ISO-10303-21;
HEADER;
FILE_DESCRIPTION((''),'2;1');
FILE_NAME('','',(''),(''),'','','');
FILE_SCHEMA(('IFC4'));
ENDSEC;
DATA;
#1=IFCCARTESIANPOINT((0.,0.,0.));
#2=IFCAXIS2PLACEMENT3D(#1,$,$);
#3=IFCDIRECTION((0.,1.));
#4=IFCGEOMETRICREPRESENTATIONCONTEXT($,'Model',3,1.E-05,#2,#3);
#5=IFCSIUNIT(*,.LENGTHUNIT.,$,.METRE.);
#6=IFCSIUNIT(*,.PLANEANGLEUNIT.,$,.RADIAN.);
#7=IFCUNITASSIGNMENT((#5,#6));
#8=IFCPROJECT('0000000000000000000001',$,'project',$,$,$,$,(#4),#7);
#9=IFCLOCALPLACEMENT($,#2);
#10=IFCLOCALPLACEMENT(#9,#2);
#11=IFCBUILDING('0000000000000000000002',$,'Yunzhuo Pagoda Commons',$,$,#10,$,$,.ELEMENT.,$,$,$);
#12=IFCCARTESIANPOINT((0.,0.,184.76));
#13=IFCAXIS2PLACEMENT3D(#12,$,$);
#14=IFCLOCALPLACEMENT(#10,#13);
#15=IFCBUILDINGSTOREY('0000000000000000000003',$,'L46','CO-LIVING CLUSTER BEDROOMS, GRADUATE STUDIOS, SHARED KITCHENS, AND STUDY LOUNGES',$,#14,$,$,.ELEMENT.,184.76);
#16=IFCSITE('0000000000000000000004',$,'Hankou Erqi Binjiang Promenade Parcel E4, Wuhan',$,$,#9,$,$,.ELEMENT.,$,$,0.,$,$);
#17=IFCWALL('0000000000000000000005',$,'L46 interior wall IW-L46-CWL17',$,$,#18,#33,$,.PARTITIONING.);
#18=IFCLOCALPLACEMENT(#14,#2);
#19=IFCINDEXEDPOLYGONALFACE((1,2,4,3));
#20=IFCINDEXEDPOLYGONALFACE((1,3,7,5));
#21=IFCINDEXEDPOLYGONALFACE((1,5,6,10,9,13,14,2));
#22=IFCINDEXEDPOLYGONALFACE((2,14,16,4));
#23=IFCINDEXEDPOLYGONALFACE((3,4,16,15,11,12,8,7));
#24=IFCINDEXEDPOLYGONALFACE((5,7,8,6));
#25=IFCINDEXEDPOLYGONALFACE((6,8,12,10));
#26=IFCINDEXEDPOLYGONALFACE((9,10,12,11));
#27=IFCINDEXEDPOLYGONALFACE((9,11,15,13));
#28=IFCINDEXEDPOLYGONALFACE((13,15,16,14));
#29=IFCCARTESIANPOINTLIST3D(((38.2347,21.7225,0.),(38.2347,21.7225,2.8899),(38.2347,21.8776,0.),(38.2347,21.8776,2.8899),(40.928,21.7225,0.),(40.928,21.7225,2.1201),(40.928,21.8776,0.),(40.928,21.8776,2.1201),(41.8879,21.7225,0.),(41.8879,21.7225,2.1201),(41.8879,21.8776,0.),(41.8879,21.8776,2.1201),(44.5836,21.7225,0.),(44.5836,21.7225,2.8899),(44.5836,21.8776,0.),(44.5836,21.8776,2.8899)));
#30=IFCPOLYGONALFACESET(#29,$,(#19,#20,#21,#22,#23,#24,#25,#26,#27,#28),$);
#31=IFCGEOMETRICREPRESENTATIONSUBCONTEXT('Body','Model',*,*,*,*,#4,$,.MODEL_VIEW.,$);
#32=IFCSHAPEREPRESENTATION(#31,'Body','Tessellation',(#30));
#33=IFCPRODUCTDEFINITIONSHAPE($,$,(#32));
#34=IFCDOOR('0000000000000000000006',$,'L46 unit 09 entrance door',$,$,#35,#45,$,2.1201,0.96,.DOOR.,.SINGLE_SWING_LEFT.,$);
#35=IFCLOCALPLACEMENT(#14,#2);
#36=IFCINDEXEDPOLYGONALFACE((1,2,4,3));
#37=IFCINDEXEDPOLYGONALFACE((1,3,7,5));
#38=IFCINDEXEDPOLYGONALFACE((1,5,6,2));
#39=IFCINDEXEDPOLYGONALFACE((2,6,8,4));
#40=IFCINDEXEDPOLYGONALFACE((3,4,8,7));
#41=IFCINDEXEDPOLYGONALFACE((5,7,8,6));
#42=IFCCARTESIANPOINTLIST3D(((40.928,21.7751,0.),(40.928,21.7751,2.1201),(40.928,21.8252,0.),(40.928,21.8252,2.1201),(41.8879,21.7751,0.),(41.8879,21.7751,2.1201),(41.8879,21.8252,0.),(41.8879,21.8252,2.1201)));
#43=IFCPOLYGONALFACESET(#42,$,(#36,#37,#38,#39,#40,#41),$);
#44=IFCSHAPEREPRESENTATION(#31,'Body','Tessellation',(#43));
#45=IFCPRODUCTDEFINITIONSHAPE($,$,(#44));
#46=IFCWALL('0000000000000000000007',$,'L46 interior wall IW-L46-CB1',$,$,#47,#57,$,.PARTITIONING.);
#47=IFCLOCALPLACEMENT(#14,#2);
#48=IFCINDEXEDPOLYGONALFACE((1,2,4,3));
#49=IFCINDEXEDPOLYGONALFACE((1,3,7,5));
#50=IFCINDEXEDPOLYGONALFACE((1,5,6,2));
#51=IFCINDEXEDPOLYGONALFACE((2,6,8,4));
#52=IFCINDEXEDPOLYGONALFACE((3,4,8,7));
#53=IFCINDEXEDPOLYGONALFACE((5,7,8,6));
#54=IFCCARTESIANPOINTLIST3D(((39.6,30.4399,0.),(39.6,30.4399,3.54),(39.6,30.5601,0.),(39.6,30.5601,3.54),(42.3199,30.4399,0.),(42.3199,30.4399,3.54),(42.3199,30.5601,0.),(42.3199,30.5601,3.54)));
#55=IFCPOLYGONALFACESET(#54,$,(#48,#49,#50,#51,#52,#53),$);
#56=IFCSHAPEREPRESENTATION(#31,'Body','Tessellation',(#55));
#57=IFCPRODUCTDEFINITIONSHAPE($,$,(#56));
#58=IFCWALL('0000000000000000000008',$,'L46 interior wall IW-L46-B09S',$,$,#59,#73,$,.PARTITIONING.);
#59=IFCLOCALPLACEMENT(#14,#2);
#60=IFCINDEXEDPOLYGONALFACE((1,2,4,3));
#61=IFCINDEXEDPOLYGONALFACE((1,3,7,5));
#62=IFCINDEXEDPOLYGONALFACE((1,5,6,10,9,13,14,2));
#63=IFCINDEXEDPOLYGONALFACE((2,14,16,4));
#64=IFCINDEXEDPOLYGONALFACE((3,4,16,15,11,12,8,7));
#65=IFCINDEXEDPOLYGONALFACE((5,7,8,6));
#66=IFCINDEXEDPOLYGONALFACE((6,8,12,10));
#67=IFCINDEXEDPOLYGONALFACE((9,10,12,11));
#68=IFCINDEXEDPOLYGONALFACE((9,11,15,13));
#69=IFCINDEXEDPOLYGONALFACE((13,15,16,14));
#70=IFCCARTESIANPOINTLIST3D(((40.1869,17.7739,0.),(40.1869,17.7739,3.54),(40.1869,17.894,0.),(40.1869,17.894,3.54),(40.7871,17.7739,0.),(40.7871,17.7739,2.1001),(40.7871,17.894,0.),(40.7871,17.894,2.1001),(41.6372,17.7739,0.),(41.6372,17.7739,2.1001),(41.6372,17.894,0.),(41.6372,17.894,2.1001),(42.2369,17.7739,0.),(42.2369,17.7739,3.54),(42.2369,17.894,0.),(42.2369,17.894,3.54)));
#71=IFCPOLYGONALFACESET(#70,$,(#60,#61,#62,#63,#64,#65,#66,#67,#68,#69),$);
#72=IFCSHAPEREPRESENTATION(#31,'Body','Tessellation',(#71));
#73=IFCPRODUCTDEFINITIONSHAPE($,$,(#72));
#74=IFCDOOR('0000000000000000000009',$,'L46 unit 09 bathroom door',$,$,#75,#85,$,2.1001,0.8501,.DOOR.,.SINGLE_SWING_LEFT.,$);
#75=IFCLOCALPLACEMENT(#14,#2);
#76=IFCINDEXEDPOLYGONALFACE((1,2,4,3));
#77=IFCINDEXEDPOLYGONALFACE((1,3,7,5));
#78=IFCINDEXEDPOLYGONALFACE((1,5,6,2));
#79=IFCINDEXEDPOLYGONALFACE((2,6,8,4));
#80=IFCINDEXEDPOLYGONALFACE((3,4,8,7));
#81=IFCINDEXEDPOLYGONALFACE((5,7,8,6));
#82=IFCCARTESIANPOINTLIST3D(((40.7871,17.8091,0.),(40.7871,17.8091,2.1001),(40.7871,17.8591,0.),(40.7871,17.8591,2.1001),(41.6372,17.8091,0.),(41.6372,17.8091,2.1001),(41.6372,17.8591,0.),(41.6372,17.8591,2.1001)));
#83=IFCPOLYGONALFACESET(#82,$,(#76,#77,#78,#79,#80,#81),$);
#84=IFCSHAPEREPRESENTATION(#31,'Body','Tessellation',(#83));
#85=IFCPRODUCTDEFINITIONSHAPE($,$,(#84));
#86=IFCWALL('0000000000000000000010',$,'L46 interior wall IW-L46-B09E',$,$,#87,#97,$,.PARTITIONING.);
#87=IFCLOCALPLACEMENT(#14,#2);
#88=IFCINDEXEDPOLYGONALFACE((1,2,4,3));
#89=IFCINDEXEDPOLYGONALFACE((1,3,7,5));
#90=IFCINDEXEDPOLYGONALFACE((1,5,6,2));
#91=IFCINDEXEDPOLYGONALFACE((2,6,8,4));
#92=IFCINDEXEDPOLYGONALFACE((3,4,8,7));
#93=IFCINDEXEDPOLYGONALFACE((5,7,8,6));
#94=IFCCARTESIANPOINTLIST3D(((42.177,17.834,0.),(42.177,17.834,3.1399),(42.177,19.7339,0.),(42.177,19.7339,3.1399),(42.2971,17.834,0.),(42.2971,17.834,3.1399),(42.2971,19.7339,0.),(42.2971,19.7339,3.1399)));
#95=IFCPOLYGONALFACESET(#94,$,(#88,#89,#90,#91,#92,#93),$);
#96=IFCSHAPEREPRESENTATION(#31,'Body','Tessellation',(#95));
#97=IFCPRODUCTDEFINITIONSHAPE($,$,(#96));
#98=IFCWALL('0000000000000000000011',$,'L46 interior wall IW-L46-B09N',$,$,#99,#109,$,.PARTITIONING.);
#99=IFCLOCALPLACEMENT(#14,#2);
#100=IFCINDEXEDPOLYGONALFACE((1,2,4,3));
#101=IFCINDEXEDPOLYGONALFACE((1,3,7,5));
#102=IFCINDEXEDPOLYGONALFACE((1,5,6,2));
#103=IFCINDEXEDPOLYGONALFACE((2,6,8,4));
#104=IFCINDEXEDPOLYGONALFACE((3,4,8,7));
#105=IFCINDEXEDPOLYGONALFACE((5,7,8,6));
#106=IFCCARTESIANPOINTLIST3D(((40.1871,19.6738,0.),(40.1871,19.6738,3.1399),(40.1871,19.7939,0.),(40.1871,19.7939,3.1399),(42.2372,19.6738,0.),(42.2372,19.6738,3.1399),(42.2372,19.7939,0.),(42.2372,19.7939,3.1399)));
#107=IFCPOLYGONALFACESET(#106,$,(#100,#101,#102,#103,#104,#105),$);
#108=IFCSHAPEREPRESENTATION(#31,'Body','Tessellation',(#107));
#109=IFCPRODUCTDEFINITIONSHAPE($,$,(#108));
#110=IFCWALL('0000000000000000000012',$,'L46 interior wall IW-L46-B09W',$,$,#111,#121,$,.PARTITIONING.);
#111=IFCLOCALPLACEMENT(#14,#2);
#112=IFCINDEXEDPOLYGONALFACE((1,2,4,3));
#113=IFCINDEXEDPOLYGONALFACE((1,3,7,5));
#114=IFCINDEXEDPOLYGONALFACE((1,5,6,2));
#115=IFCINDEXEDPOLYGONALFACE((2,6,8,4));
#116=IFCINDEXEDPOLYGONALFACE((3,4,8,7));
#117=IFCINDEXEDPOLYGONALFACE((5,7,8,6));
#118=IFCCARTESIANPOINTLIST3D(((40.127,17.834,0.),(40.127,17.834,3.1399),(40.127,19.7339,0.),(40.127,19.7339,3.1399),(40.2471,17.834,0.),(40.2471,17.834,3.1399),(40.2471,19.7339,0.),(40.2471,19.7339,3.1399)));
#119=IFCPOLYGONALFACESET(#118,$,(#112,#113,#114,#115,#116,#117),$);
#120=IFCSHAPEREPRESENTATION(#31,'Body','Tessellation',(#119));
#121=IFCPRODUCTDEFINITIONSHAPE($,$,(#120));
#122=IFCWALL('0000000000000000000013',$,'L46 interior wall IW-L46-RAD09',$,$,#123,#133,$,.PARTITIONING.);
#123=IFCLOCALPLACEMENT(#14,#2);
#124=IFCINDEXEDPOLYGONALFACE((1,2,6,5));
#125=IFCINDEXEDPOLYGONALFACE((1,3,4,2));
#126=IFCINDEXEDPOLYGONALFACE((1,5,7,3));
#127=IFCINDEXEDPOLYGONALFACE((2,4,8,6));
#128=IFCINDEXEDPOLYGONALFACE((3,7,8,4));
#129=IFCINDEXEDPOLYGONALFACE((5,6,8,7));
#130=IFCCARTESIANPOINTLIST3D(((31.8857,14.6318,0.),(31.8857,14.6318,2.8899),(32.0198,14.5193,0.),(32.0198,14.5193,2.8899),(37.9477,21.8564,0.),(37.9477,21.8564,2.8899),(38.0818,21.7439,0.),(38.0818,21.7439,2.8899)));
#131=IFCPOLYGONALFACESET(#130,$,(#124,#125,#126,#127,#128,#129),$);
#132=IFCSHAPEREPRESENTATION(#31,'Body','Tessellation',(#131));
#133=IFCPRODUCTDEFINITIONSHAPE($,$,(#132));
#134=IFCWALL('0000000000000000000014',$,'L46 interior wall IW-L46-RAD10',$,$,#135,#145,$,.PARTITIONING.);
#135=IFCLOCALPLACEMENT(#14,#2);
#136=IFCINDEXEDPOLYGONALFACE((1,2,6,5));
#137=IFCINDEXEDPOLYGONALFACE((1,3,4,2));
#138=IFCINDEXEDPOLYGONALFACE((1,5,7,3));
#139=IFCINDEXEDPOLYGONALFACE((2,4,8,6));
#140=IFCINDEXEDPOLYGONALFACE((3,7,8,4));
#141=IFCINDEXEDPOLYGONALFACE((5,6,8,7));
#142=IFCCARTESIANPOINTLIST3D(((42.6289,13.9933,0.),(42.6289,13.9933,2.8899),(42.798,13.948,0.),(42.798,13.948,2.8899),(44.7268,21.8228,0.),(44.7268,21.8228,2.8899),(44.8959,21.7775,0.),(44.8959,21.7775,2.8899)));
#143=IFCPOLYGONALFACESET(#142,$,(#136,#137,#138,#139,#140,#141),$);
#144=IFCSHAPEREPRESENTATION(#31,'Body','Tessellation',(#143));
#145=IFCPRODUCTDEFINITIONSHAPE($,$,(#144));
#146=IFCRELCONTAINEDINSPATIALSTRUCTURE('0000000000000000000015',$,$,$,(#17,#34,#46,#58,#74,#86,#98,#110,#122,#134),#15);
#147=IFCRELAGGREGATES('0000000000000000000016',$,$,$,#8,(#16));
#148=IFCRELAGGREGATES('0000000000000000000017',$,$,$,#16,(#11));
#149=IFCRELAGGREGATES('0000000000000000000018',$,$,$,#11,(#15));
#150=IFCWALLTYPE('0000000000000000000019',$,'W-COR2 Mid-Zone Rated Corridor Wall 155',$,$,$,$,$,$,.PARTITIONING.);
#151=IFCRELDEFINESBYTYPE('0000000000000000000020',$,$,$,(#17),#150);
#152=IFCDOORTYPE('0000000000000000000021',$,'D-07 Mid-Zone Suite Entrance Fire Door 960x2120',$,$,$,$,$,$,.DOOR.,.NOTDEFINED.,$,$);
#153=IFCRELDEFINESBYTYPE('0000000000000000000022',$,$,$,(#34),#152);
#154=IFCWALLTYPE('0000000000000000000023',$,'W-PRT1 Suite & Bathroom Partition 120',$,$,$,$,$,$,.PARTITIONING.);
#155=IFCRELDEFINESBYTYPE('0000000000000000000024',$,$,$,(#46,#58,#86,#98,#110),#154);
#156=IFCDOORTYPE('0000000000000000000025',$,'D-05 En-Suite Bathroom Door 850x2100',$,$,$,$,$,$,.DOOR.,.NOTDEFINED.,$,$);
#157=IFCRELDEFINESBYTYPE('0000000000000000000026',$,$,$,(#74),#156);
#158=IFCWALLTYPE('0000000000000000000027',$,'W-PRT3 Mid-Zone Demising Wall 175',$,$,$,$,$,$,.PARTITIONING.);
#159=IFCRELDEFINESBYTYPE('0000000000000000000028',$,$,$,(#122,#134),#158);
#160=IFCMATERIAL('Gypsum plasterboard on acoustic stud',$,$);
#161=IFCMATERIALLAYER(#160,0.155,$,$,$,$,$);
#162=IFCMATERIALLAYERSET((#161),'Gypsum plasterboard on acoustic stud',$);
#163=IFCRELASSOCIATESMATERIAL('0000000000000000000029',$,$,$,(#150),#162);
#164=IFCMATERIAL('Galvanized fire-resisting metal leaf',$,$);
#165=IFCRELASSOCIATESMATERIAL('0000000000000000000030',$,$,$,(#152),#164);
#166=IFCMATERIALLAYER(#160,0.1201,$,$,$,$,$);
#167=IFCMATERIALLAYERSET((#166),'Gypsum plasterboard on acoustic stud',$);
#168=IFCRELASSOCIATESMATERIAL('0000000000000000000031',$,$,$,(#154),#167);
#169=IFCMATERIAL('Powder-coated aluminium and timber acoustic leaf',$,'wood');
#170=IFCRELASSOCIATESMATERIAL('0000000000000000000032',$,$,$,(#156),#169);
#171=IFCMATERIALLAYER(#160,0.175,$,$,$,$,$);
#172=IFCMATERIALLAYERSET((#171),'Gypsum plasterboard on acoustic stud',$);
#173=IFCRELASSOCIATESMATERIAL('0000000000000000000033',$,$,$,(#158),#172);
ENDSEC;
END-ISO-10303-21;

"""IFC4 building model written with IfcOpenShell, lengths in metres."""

from ifc_helpers import new_model, si_unit, direction, frame, frame_2d, origin, origin_with_axes, place, context, subcontext, project, spatial, rectangle, extrude, source, transform, mapped, material, layer, layer_set, type_object, element, fill, save


model = new_model("IFC4")

# Units and contexts
model_context = context("Model", 3, precision=1e-05, world=origin(), true_north=direction((0.0, 1.0)))
body_context = subcontext(model_context, "Body", "Model", "MODEL_VIEW")
ifc_project = project(units=[si_unit("LENGTHUNIT", "METRE"), si_unit("PLANEANGLEUNIT", "RADIAN")], contexts=[model_context])

# Site, building, storey
site_placement = place(None, origin())
site = spatial("IfcSite", under=ifc_project, at=site_placement, Name="Hankou Erqi Binjiang Promenade Parcel E4, Wuhan", CompositionType="ELEMENT", RefElevation=0.0)
building_placement = place(site_placement, origin())
building = spatial("IfcBuilding", under=site, at=building_placement, Name="Yunzhuo Pagoda Commons", CompositionType="ELEMENT")
storey_placement = place(building_placement, frame((0.0, 0.0, 184.76)))
storey = spatial("IfcBuildingStorey", under=building, at=storey_placement, Name="L46", Description="CO-LIVING CLUSTER BEDROOMS, GRADUATE STUDIOS, SHARED KITCHENS, AND STUDY LOUNGES", CompositionType="ELEMENT", Elevation=184.76)

# Shared definitions
ifc_material_1 = material(Name="Gypsum plasterboard on acoustic stud")
ifc_layer_1 = layer(ifc_material_1, 0.155)
ifc_layer_set_1 = layer_set([ifc_layer_1], Name="Gypsum plasterboard on acoustic stud")
wall_type_1 = type_object("IfcWallType", Name="W-COR2 Mid-Zone Rated Corridor Wall 155", PredefinedType="PARTITIONING", material=ifc_layer_set_1)
ifc_material_2 = material(Name="Galvanized fire-resisting metal leaf")

# Wall, opening, door
wall_1_placement = place(storey_placement, frame((44.5835, 21.8, 0.0), z_axis=(0.0, 0.0, 1.0), x_axis=(-1.0, 0.0, 0.0)))
wall_1 = element("IfcWall", 1, at=wall_1_placement, inside=storey, type_object=wall_type_1, Name="L46 interior wall IW-L46-CWL17", PredefinedType="PARTITIONING", context=body_context, shape_type="SweptSolid", body=[
    extrude(rectangle(XDim=6.3489, YDim=0.155, at=frame_2d((3.1743, 0.0))), origin(), (0.0, 0.0, 1.0), 2.8899),
])
opening_1_placement = place(wall_1_placement, frame((2.6956, 0.0, 0.0)))
opening_1 = element("IfcOpeningElement", 2, at=opening_1_placement, cuts=wall_1, PredefinedType="OPENING", context=body_context, shape_type="SweptSolid", body=[
    extrude(rectangle(XDim=0.96, YDim=2.1201, at=frame_2d((0.48, 1.0601))), frame((0.0, 0.0874, 0.0), z_axis=(0.0, -1.0, 0.0), x_axis=(1.0, 0.0, 0.0)), (0.0, 0.0, 1.0), 0.175),
])
door_type_1 = type_object("IfcDoorType", Name="D-07 Mid-Zone Suite Entrance Fire Door 960x2120", OperationType="NOTDEFINED", PredefinedType="DOOR", material=ifc_material_2)
shared_shape_1 = source(origin(), body_context, "Body", "SweptSolid", [
    extrude(rectangle(XDim=0.96, YDim=2.1201, at=frame_2d((0.48, 1.0601))), frame((0.0, 0.0249, 0.0), z_axis=(0.0, -1.0, 0.0), x_axis=(1.0, 0.0, 0.0)), (0.0, 0.0, 1.0), 0.05),
])
door_1_placement = place(opening_1_placement, origin_with_axes())
door_1 = element("IfcDoor", 3, at=door_1_placement, inside=storey, type_object=door_type_1, Name="L46 unit 09 entrance door", OperationType="SINGLE_SWING_LEFT", OverallHeight=2.1201, OverallWidth=0.96, PredefinedType="DOOR", context=body_context, shape_type="MappedRepresentation", body=[
    mapped(shared_shape_1, transform((0.0, 0.0, 0.0), scale=1.0)),
])
fill(opening_1, door_1)

# Wall
ifc_layer_2 = layer(ifc_material_1, 0.1201)
ifc_layer_set_2 = layer_set([ifc_layer_2], Name="Gypsum plasterboard on acoustic stud")
wall_type_2 = type_object("IfcWallType", Name="W-PRT1 Suite & Bathroom Partition 120", PredefinedType="PARTITIONING", material=ifc_layer_set_2)
wall_2_placement = place(storey_placement, frame((39.6001, 30.5, 0.0), z_axis=(0.0, 0.0, 1.0), x_axis=(1.0, 0.0, 0.0)))
element("IfcWall", 4, at=wall_2_placement, inside=storey, type_object=wall_type_2, Name="L46 interior wall IW-L46-CB1", PredefinedType="PARTITIONING", context=body_context, shape_type="SweptSolid", body=[
    extrude(rectangle(XDim=2.72, YDim=0.1201, at=frame_2d((1.3599, 0.0))), origin(), (0.0, 0.0, 1.0), 3.54),
])

# Wall, opening, door
wall_3_placement = place(storey_placement, frame((40.187, 17.834, 0.0), z_axis=(0.0, 0.0, 1.0), x_axis=(1.0, 0.0, 0.0)))
wall_3 = element("IfcWall", 5, at=wall_3_placement, inside=storey, type_object=wall_type_2, Name="L46 interior wall IW-L46-B09S", PredefinedType="PARTITIONING", context=body_context, shape_type="SweptSolid", body=[
    extrude(rectangle(XDim=2.05, YDim=0.1201, at=frame_2d((1.0249, 0.0))), origin(), (0.0, 0.0, 1.0), 3.54),
])
opening_2_placement = place(wall_3_placement, frame((0.6001, 0.0, 0.0)))
opening_2 = element("IfcOpeningElement", 6, at=opening_2_placement, cuts=wall_3, PredefinedType="OPENING", context=body_context, shape_type="SweptSolid", body=[
    extrude(rectangle(XDim=0.8501, YDim=2.1001, at=frame_2d((0.425, 1.05))), frame((0.0, 0.0701, 0.0), z_axis=(0.0, -1.0, 0.0), x_axis=(1.0, 0.0, 0.0)), (0.0, 0.0, 1.0), 0.1401),
])
ifc_material_3 = material(Name="Powder-coated aluminium and timber acoustic leaf", Category="wood")
door_type_2 = type_object("IfcDoorType", Name="D-05 En-Suite Bathroom Door 850x2100", OperationType="NOTDEFINED", PredefinedType="DOOR", material=ifc_material_3)
shared_shape_2 = source(origin(), body_context, "Body", "SweptSolid", [
    extrude(rectangle(XDim=0.8501, YDim=2.1001, at=frame_2d((0.425, 1.05))), frame((0.0, 0.0249, 0.0), z_axis=(0.0, -1.0, 0.0), x_axis=(1.0, 0.0, 0.0)), (0.0, 0.0, 1.0), 0.05),
])
door_2_placement = place(opening_2_placement, frame((0.8501, 0.0, 0.0), z_axis=(0.0, 0.0, 1.0), x_axis=(-1.0, 0.0, 0.0)))
door_2 = element("IfcDoor", 7, at=door_2_placement, inside=storey, type_object=door_type_2, Name="L46 unit 09 bathroom door", OperationType="SINGLE_SWING_LEFT", OverallHeight=2.1001, OverallWidth=0.8501, PredefinedType="DOOR", context=body_context, shape_type="MappedRepresentation", body=[
    mapped(shared_shape_2, transform((0.0, 0.0, 0.0), scale=1.0)),
])
fill(opening_2, door_2)

# Walls
wall_4_placement = place(storey_placement, frame((42.2371, 17.834, 0.0), z_axis=(0.0, 0.0, 1.0), x_axis=(0.0, 1.0, 0.0)))
element("IfcWall", 8, at=wall_4_placement, inside=storey, type_object=wall_type_2, Name="L46 interior wall IW-L46-B09E", PredefinedType="PARTITIONING", context=body_context, shape_type="SweptSolid", body=[
    extrude(rectangle(XDim=1.8999, YDim=0.1201, at=frame_2d((0.95, 0.0))), origin(), (0.0, 0.0, 1.0), 3.1399),
])
wall_5_placement = place(storey_placement, frame((42.2371, 19.7339, 0.0), z_axis=(0.0, 0.0, 1.0), x_axis=(-1.0, 0.0, 0.0)))
element("IfcWall", 9, at=wall_5_placement, inside=storey, type_object=wall_type_2, Name="L46 interior wall IW-L46-B09N", PredefinedType="PARTITIONING", context=body_context, shape_type="SweptSolid", body=[
    extrude(rectangle(XDim=2.05, YDim=0.1201, at=frame_2d((1.0249, 0.0))), origin(), (0.0, 0.0, 1.0), 3.1399),
])
wall_6_placement = place(storey_placement, frame((40.187, 19.7339, 0.0), z_axis=(0.0, 0.0, 1.0), x_axis=(0.0, -1.0, 0.0)))
element("IfcWall", 10, at=wall_6_placement, inside=storey, type_object=wall_type_2, Name="L46 interior wall IW-L46-B09W", PredefinedType="PARTITIONING", context=body_context, shape_type="SweptSolid", body=[
    extrude(rectangle(XDim=1.8999, YDim=0.1201, at=frame_2d((0.95, 0.0))), origin(), (0.0, 0.0, 1.0), 3.1399),
])
ifc_layer_3 = layer(ifc_material_1, 0.175)
ifc_layer_set_3 = layer_set([ifc_layer_3], Name="Gypsum plasterboard on acoustic stud")
wall_type_3 = type_object("IfcWallType", Name="W-PRT3 Mid-Zone Demising Wall 175", PredefinedType="PARTITIONING", material=ifc_layer_set_3)
wall_7_placement = place(storey_placement, frame((38.0146, 21.8, 0.0), z_axis=(0.0, 0.0, 1.0), x_axis=(-0.642778, -0.766053, 0.0)))
element("IfcWall", 11, at=wall_7_placement, inside=storey, type_object=wall_type_3, Name="L46 interior wall IW-L46-RAD09", PredefinedType="PARTITIONING", context=body_context, shape_type="SweptSolid", body=[
    extrude(rectangle(XDim=9.4309, YDim=0.175, at=frame_2d((4.7153, 0.0))), origin(), (0.0, 0.0, 1.0), 2.8899),
])
wall_8_placement = place(storey_placement, frame((44.8113, 21.8, 0.0), z_axis=(0.0, 0.0, 1.0), x_axis=(-0.258815, -0.965927, 0.0)))
element("IfcWall", 12, at=wall_8_placement, inside=storey, type_object=wall_type_3, Name="L46 interior wall IW-L46-RAD10", PredefinedType="PARTITIONING", context=body_context, shape_type="SweptSolid", body=[
    extrude(rectangle(XDim=8.1057, YDim=0.175, at=frame_2d((4.0527, 0.0))), origin(), (0.0, 0.0, 1.0), 2.8899),
])

save(model, "model.ifc")
